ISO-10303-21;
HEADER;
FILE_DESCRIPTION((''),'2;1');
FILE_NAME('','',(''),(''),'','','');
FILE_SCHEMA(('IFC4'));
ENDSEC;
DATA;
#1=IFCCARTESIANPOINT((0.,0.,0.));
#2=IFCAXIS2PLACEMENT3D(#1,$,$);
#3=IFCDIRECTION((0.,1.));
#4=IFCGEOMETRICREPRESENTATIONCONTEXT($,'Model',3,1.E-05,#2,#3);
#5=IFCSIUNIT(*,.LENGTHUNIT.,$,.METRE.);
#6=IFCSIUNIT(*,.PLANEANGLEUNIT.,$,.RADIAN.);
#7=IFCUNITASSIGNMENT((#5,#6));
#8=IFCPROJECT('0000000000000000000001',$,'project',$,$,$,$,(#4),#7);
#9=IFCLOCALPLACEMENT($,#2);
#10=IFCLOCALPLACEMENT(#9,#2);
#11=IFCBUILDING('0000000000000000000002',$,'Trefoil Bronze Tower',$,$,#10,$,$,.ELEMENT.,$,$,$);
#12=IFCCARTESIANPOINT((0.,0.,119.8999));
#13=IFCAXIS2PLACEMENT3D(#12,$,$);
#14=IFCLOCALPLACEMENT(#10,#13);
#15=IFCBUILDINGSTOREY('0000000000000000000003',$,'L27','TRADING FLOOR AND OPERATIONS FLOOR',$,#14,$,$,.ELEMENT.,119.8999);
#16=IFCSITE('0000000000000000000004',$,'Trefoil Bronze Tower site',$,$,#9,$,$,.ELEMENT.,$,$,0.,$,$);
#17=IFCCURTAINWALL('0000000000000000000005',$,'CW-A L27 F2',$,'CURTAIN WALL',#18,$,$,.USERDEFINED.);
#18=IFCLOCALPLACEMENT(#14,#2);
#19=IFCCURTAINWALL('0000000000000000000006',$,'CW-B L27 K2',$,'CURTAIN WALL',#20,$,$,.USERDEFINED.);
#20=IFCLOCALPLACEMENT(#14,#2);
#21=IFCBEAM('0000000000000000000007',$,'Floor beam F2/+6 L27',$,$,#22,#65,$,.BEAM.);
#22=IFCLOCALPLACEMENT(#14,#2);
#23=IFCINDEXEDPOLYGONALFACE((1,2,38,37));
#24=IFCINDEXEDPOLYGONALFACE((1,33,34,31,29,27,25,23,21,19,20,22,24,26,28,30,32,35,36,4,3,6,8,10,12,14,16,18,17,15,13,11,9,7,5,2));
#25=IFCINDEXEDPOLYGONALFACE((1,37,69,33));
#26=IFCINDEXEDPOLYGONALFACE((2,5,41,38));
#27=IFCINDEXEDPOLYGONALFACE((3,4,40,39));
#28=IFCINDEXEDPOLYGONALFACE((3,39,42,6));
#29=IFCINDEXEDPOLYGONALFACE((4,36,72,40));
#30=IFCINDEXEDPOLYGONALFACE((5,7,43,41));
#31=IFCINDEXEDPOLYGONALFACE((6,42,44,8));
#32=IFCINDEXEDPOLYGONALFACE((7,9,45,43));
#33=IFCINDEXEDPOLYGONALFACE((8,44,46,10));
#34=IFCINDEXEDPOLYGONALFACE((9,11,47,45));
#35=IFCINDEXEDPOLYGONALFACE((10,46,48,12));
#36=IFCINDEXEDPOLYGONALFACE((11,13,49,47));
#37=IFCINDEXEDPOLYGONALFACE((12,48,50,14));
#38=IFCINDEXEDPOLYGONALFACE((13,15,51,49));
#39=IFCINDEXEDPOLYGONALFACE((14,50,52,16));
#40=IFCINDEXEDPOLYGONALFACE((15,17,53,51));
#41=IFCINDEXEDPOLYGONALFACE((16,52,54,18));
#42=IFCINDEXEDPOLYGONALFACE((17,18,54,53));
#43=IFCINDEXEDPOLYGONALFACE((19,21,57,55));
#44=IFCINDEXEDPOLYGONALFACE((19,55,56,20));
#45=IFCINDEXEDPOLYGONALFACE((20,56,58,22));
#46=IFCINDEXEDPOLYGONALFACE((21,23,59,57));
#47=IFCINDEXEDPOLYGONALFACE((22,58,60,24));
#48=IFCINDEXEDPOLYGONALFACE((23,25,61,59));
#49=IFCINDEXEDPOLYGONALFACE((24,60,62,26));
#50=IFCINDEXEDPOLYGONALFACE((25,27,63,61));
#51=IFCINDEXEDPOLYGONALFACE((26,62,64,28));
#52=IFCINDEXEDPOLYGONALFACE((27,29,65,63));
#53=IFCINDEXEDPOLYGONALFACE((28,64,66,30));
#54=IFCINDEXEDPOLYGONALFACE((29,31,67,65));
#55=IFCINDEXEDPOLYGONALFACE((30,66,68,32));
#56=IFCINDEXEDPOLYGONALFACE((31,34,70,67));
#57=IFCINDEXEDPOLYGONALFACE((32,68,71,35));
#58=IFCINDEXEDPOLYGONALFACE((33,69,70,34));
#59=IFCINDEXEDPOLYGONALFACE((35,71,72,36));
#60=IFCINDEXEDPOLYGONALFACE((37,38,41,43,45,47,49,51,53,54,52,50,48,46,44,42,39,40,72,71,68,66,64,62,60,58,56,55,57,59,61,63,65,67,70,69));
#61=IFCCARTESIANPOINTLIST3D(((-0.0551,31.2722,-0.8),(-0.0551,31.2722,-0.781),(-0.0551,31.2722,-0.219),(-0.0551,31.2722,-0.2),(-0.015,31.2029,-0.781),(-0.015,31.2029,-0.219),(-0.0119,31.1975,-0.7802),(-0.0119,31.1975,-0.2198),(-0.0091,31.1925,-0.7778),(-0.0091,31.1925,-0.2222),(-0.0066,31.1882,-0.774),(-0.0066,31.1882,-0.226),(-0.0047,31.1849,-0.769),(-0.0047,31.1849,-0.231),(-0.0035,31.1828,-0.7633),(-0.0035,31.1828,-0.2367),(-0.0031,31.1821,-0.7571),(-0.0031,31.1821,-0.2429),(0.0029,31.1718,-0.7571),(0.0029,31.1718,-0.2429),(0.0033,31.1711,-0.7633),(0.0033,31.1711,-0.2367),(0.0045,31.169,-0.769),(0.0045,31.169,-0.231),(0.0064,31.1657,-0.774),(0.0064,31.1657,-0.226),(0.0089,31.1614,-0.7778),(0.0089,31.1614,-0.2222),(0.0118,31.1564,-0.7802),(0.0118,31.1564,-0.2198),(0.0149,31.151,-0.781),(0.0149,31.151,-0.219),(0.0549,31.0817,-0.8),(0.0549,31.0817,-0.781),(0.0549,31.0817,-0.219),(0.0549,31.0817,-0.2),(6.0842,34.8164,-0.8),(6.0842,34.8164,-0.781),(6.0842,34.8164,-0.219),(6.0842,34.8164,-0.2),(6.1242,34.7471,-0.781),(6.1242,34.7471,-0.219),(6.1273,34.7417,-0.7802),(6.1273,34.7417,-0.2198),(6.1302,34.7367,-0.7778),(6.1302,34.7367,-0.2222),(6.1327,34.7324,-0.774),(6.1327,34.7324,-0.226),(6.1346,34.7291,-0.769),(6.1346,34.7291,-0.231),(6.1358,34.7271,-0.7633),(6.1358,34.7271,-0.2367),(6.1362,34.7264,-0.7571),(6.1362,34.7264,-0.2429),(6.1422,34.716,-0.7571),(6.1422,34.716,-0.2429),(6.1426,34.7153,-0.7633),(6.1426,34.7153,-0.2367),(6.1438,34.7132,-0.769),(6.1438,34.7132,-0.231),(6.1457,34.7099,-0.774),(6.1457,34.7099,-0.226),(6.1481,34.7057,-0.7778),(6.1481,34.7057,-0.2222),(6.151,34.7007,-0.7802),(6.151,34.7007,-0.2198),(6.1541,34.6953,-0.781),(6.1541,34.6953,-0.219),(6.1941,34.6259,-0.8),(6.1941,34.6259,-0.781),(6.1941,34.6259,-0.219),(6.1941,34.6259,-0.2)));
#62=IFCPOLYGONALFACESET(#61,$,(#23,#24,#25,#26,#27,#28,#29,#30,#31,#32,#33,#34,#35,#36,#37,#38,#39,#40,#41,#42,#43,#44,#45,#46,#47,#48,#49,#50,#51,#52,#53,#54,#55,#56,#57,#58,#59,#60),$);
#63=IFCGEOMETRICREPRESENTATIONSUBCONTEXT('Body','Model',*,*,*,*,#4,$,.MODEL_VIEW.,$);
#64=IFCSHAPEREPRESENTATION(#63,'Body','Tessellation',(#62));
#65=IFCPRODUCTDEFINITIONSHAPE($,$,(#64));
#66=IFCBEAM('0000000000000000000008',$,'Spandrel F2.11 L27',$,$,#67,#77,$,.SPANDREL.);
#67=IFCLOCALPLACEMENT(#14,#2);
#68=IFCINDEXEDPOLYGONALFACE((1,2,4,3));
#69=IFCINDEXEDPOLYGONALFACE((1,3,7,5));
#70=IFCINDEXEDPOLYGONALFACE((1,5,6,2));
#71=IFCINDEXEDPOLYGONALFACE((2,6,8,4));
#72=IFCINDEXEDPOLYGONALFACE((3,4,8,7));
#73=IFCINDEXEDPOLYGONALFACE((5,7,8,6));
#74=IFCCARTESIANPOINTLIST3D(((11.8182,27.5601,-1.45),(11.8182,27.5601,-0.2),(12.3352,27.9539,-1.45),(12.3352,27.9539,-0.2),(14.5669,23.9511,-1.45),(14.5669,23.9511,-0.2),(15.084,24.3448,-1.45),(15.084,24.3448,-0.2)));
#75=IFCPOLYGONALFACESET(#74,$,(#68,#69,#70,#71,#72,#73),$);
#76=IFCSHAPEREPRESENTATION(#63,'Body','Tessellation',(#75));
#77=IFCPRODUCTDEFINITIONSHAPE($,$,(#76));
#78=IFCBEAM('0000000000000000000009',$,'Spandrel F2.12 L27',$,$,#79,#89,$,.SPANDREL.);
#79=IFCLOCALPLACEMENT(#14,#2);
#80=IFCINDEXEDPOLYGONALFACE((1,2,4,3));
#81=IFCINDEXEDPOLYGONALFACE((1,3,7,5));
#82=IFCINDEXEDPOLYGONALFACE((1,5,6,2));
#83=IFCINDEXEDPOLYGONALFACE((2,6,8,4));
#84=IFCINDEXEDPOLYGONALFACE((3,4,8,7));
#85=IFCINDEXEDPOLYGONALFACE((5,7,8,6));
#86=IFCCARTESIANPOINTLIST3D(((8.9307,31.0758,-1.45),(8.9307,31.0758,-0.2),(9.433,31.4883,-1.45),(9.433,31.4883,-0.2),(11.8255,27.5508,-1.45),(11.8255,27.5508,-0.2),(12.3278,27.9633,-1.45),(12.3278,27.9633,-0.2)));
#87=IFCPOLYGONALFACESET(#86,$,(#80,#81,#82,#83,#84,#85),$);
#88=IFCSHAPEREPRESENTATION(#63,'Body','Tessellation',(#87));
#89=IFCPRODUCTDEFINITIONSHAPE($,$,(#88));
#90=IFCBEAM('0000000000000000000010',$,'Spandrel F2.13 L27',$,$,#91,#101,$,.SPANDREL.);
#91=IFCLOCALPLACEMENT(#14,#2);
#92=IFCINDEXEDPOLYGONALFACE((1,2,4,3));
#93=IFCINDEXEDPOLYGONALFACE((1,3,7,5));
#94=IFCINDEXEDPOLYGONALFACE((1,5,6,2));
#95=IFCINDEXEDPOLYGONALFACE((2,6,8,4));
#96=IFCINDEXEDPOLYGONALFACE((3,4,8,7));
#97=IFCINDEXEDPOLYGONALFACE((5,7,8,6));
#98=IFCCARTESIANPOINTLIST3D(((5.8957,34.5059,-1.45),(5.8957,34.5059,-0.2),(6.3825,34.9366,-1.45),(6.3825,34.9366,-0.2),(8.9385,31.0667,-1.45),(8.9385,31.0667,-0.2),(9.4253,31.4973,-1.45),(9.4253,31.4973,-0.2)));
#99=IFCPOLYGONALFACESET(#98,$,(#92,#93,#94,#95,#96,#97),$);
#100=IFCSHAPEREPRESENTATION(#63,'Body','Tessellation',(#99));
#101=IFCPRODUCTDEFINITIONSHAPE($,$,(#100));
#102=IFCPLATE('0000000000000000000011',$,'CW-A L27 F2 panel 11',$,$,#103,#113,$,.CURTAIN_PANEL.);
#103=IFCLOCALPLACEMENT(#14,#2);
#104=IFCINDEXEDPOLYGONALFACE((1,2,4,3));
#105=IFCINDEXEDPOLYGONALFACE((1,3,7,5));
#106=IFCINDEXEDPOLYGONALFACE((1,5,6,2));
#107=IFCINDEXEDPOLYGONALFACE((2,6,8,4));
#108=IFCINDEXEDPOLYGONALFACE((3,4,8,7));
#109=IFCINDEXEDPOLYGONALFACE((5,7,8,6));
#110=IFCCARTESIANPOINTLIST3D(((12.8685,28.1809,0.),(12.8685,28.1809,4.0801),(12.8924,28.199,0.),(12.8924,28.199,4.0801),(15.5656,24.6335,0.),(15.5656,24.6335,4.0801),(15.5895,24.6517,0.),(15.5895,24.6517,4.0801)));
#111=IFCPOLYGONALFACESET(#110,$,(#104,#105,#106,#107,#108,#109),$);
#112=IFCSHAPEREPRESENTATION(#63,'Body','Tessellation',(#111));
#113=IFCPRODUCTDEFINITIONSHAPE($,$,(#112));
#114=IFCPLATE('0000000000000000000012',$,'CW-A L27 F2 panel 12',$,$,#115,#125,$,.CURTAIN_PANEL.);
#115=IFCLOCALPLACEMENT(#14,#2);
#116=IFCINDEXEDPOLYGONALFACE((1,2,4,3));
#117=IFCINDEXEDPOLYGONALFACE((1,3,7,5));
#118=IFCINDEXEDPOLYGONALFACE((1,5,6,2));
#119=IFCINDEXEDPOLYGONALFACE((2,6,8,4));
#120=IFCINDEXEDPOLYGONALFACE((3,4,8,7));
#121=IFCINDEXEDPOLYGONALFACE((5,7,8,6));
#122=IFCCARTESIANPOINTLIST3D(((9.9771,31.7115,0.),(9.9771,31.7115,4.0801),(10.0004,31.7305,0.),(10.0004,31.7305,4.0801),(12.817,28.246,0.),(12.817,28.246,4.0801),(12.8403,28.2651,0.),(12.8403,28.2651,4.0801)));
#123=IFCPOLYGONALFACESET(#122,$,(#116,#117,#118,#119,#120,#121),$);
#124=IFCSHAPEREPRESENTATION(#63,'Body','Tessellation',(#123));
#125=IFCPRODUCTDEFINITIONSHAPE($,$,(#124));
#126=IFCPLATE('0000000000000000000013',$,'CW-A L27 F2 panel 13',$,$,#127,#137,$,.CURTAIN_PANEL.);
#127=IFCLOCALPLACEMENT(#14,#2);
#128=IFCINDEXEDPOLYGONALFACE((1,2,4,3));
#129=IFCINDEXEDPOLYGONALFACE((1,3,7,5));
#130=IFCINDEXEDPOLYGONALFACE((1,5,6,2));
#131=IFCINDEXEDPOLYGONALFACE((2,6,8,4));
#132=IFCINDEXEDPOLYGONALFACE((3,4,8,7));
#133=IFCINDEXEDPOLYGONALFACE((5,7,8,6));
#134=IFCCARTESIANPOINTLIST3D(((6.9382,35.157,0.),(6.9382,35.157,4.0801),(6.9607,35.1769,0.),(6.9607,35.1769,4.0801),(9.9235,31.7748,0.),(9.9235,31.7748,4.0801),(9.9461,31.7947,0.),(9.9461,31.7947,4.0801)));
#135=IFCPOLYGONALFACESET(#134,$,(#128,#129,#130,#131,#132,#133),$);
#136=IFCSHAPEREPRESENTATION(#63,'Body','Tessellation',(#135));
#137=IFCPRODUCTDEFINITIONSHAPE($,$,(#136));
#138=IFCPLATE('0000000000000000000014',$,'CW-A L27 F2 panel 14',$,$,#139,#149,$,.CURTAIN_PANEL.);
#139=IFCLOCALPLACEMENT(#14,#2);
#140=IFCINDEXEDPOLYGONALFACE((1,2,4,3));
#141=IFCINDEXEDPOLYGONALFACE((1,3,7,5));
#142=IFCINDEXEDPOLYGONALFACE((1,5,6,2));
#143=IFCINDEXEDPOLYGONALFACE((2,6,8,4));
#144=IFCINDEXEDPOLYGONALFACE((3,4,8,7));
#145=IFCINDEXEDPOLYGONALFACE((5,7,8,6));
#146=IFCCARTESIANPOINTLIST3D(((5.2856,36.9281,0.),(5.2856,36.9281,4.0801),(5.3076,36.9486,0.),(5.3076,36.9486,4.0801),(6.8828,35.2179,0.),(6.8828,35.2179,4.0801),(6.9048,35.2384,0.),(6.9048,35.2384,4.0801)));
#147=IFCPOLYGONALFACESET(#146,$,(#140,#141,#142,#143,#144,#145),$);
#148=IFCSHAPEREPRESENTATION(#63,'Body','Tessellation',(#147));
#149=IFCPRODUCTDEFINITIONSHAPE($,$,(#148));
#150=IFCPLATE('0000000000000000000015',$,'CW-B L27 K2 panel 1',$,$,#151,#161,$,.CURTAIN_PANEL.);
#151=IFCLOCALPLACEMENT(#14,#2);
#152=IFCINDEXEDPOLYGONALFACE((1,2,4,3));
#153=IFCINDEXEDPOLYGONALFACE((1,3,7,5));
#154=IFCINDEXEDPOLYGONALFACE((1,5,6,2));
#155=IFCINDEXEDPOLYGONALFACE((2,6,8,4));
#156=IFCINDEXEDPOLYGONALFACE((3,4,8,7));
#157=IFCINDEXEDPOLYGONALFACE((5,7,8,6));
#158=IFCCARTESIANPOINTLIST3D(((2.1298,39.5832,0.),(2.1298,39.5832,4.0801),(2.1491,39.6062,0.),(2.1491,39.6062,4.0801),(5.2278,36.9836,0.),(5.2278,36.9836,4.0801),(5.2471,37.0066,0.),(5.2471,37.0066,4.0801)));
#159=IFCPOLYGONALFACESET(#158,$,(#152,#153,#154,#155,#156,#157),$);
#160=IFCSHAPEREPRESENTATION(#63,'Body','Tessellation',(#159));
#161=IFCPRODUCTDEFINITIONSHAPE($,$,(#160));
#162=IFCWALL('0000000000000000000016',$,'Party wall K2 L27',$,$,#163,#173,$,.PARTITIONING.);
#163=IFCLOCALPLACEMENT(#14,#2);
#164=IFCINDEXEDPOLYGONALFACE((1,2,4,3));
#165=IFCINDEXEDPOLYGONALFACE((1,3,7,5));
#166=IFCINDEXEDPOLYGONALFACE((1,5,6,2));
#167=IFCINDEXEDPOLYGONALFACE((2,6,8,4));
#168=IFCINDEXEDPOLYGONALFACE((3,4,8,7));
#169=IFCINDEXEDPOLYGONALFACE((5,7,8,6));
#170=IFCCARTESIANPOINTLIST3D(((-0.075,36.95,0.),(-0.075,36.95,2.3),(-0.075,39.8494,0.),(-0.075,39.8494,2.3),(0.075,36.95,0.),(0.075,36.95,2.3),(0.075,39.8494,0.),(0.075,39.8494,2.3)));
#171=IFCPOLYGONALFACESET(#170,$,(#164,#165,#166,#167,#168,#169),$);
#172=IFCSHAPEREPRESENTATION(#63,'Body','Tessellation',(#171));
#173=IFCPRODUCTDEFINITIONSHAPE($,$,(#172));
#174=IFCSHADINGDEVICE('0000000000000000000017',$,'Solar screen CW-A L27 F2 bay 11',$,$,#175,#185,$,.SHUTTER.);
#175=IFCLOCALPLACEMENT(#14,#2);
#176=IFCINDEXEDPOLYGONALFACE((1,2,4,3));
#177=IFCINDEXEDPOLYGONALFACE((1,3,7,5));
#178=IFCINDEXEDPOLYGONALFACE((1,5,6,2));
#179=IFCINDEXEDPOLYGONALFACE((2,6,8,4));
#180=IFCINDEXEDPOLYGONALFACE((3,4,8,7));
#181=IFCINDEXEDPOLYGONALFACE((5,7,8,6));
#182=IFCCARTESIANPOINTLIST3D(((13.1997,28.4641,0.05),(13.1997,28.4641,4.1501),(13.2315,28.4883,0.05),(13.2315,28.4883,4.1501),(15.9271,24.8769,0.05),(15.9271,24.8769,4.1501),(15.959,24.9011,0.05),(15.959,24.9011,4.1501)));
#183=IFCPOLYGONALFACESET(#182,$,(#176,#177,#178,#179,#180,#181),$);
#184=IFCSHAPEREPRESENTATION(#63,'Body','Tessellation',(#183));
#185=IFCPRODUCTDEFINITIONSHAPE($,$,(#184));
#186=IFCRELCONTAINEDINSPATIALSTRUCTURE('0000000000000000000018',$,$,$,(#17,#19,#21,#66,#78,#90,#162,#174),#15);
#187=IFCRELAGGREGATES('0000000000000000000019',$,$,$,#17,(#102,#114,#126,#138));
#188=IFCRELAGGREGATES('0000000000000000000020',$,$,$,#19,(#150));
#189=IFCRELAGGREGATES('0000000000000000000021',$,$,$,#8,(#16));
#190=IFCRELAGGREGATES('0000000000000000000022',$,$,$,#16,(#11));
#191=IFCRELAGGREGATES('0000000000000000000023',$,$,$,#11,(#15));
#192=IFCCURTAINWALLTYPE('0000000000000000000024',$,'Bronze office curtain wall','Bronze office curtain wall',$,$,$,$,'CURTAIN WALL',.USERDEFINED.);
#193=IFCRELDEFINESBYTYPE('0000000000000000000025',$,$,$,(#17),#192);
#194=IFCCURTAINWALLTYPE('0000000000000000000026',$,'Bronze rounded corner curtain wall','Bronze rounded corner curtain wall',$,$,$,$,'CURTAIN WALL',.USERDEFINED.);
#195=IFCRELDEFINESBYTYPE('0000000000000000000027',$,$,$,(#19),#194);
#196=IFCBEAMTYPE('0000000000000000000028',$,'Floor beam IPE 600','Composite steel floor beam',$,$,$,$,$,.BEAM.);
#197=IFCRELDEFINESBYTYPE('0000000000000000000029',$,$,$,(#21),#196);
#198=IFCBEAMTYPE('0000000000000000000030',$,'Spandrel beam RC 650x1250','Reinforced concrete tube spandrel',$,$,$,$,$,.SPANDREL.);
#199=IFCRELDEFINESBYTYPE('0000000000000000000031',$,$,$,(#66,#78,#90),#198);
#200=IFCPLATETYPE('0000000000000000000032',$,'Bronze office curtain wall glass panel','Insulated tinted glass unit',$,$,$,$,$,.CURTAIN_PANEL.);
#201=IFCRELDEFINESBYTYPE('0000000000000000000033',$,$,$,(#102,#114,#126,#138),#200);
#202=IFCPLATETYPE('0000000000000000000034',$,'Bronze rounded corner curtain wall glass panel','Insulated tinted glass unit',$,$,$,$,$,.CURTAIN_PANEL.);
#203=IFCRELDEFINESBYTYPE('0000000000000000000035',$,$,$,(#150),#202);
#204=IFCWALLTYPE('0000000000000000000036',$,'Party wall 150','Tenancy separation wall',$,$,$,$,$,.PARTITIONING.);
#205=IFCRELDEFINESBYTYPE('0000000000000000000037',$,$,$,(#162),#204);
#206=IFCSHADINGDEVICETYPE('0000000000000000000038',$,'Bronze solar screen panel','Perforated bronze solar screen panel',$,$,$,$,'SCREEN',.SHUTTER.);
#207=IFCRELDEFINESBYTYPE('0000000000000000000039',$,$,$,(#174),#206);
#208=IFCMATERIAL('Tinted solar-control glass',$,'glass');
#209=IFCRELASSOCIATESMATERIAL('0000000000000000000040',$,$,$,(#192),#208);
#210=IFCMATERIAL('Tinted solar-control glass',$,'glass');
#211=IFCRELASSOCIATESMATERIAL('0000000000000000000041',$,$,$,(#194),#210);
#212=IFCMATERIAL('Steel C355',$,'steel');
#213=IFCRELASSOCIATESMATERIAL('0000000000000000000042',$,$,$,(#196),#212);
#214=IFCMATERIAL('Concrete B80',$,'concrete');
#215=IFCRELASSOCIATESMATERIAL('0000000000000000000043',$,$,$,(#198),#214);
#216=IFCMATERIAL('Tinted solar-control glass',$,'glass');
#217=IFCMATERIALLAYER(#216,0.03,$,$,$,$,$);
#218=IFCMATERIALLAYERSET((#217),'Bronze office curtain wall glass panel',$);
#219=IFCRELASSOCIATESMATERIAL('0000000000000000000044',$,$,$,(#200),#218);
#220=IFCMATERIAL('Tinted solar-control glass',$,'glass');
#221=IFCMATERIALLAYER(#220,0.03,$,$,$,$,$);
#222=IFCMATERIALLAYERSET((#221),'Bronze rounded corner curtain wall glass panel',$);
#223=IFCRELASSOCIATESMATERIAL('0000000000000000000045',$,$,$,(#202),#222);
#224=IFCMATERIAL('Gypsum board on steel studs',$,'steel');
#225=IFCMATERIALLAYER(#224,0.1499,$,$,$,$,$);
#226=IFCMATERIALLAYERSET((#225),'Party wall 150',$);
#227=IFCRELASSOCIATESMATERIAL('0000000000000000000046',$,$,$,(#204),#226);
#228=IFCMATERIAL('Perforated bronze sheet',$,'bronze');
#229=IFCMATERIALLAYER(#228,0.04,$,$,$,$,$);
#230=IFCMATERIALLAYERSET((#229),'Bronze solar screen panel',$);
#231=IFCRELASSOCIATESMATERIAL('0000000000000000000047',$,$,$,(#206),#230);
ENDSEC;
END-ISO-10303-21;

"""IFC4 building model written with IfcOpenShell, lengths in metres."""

from ifc_helpers import new_model, si_unit, direction, frame, frame_2d, origin, origin_2d, place, context, subcontext, project, spatial, rectangle, i_section, extrude, material, layer, layer_set, material_profile, profile_set, type_object, element, aggregate, save


model = new_model("IFC4")

# Units and contexts
model_context = context("Model", 3, precision=1e-05, world=origin(), true_north=direction((0.0, 1.0)))
body_context = subcontext(model_context, "Body", "Model", "MODEL_VIEW")
ifc_project = project(units=[si_unit("LENGTHUNIT", "METRE"), si_unit("PLANEANGLEUNIT", "RADIAN")], contexts=[model_context])

# Site, building, storey
site_placement = place(None, origin())
site = spatial("IfcSite", under=ifc_project, at=site_placement, Name="Trefoil Bronze Tower site", CompositionType="ELEMENT", RefElevation=0.0)
building_placement = place(site_placement, origin())
building = spatial("IfcBuilding", under=site, at=building_placement, Name="Trefoil Bronze Tower", CompositionType="ELEMENT")
storey_placement = place(building_placement, frame((0.0, 0.0, 119.8999)))
storey = spatial("IfcBuildingStorey", under=building, at=storey_placement, Name="L27", Description="TRADING FLOOR AND OPERATIONS FLOOR", CompositionType="ELEMENT", Elevation=119.8999)

# Curtain walls
ifc_material_1 = material(Name="Tinted solar-control glass", Category="glass")
curtain_wall_type_1 = type_object("IfcCurtainWallType", Name="Bronze office curtain wall", Description="Bronze office curtain wall", ElementType="CURTAIN WALL", PredefinedType="USERDEFINED", material=ifc_material_1)
curtain_wall_1_placement = place(storey_placement, origin())
curtain_wall_1 = element("IfcCurtainWall", 1, at=curtain_wall_1_placement, inside=storey, type_object=curtain_wall_type_1, Name="CW-A L27 F2", ObjectType="CURTAIN WALL", PredefinedType="USERDEFINED")
ifc_material_2 = material(Name="Tinted solar-control glass", Category="glass")
curtain_wall_type_2 = type_object("IfcCurtainWallType", Name="Bronze rounded corner curtain wall", Description="Bronze rounded corner curtain wall", ElementType="CURTAIN WALL", PredefinedType="USERDEFINED", material=ifc_material_2)
curtain_wall_2_placement = place(storey_placement, origin())
curtain_wall_2 = element("IfcCurtainWall", 2, at=curtain_wall_2_placement, inside=storey, type_object=curtain_wall_type_2, Name="CW-B L27 K2", ObjectType="CURTAIN WALL", PredefinedType="USERDEFINED")

# Beams
ifc_material_3 = material(Name="Steel C355", Category="steel")
ifc_material_profile_1 = material_profile(ifc_material_3, i_section(OverallWidth=0.22, OverallDepth=0.6001, WebThickness=0.012, FlangeThickness=0.019, FilletRadius=0.0239, at=origin_2d()), Name="IPE 600")
ifc_profile_set_1 = profile_set([ifc_material_profile_1], Name="Steel C355")
beam_type_1 = type_object("IfcBeamType", Name="Floor beam IPE 600", Description="Composite steel floor beam", PredefinedType="BEAM", material=ifc_profile_set_1)
beam_1_placement = place(storey_placement, frame((6.1392, 34.7212, -0.5), z_axis=(-0.866041, -0.499973, 0.0), x_axis=(0.499973, -0.866041, 0.0)))
element("IfcBeam", 3, at=beam_1_placement, inside=storey, type_object=beam_type_1, Name="Floor beam F2/+6 L27", PredefinedType="BEAM", context=body_context, shape_type="SweptSolid", body=[
    extrude(i_section(OverallWidth=0.22, OverallDepth=0.6001, WebThickness=0.012, FlangeThickness=0.019, FilletRadius=0.0239, at=origin_2d()), origin(), (0.0, 0.0, 1.0), 7.0889),
])
ifc_material_4 = material(Name="Concrete B80", Category="concrete")
ifc_material_profile_2 = material_profile(ifc_material_4, rectangle(XDim=0.6499, YDim=1.25, at=origin_2d()), Name="RC 650x1250")
ifc_profile_set_2 = profile_set([ifc_material_profile_2], Name="Concrete B80")
beam_type_2 = type_object("IfcBeamType", Name="Spandrel beam RC 650x1250", Description="Reinforced concrete tube spandrel", PredefinedType="SPANDREL", material=ifc_profile_set_2)
beam_2_placement = place(storey_placement, frame((14.8254, 24.1479, -0.825), z_axis=(-0.605899, 0.795542, 0.0), x_axis=(-0.795542, -0.605899, 0.0)))
element("IfcBeam", 4, at=beam_2_placement, inside=storey, type_object=beam_type_2, Name="Spandrel F2.11 L27", PredefinedType="SPANDREL", context=body_context, shape_type="SweptSolid", body=[
    extrude(rectangle(XDim=0.6499, YDim=1.25, at=origin_2d()), origin(), (0.0, 0.0, 1.0), 4.5366),
])
beam_3_placement = place(storey_placement, frame((12.0767, 27.7571, -0.825), z_axis=(-0.63465, 0.772799, 0.0), x_axis=(-0.772799, -0.63465, 0.0)))
element("IfcBeam", 5, at=beam_3_placement, inside=storey, type_object=beam_type_2, Name="Spandrel F2.12 L27", PredefinedType="SPANDREL", context=body_context, shape_type="SweptSolid", body=[
    extrude(rectangle(XDim=0.6499, YDim=1.25, at=origin_2d()), origin(), (0.0, 0.0, 1.0), 4.5613),
])
beam_4_placement = place(storey_placement, frame((9.1819, 31.282, -0.825), z_axis=(-0.662616, 0.748959, 0.0), x_axis=(-0.748959, -0.662616, 0.0)))
element("IfcBeam", 6, at=beam_4_placement, inside=storey, type_object=beam_type_2, Name="Spandrel F2.13 L27", PredefinedType="SPANDREL", context=body_context, shape_type="SweptSolid", body=[
    extrude(rectangle(XDim=0.6499, YDim=1.25, at=origin_2d()), origin(), (0.0, 0.0, 1.0), 4.592),
])

# Plates
ifc_material_5 = material(Name="Tinted solar-control glass", Category="glass")
ifc_layer_1 = layer(ifc_material_5, 0.03)
ifc_layer_set_1 = layer_set([ifc_layer_1], Name="Bronze office curtain wall glass panel")
plate_type_1 = type_object("IfcPlateType", Name="Bronze office curtain wall glass panel", Description="Insulated tinted glass unit", PredefinedType="CURTAIN_PANEL", material=ifc_layer_set_1)
plate_1_placement = place(storey_placement, frame((14.229, 26.4163, 0.0), z_axis=(0.0, 0.0, 1.0), x_axis=(-0.605252, 0.796034, 0.0)))
plate_1 = element("IfcPlate", 7, at=plate_1_placement, type_object=plate_type_1, Name="CW-A L27 F2 panel 11", PredefinedType="CURTAIN_PANEL", context=body_context, shape_type="SweptSolid", body=[
    extrude(rectangle(XDim=4.4563, YDim=0.03, at=origin_2d()), origin(), (0.0, 0.0, 1.0), 4.0801),
])
plate_2_placement = place(storey_placement, frame((11.4087, 29.9883, 0.0), z_axis=(0.0, 0.0, 1.0), x_axis=(-0.63384, 0.773464, 0.0)))
plate_2 = element("IfcPlate", 8, at=plate_2_placement, type_object=plate_type_1, Name="CW-A L27 F2 panel 12", PredefinedType="CURTAIN_PANEL", context=body_context, shape_type="SweptSolid", body=[
    extrude(rectangle(XDim=4.4805, YDim=0.03, at=origin_2d()), origin(), (0.0, 0.0, 1.0), 4.0801),
])
plate_3_placement = place(storey_placement, frame((8.4421, 33.4758, 0.0), z_axis=(0.0, 0.0, 1.0), x_axis=(-0.661751, 0.749723, 0.0)))
plate_3 = element("IfcPlate", 9, at=plate_3_placement, type_object=plate_type_1, Name="CW-A L27 F2 panel 13", PredefinedType="CURTAIN_PANEL", context=body_context, shape_type="SweptSolid", body=[
    extrude(rectangle(XDim=4.5112, YDim=0.03, at=origin_2d()), origin(), (0.0, 0.0, 1.0), 4.0801),
])
plate_4_placement = place(storey_placement, frame((6.0952, 36.0833, 0.0), z_axis=(0.0, 0.0, 1.0), x_axis=(-0.682536, 0.730852, 0.0)))
plate_4 = element("IfcPlate", 10, at=plate_4_placement, type_object=plate_type_1, Name="CW-A L27 F2 panel 14", PredefinedType="CURTAIN_PANEL", context=body_context, shape_type="SweptSolid", body=[
    extrude(rectangle(XDim=2.3401, YDim=0.03, at=origin_2d()), origin(), (0.0, 0.0, 1.0), 4.0801),
])
aggregate(curtain_wall_1, [plate_1, plate_2, plate_3, plate_4])
ifc_material_6 = material(Name="Tinted solar-control glass", Category="glass")
ifc_layer_2 = layer(ifc_material_6, 0.03)
ifc_layer_set_2 = layer_set([ifc_layer_2], Name="Bronze rounded corner curtain wall glass panel")
plate_type_2 = type_object("IfcPlateType", Name="Bronze rounded corner curtain wall glass panel", Description="Insulated tinted glass unit", PredefinedType="CURTAIN_PANEL", material=ifc_layer_set_2)
plate_5_placement = place(storey_placement, frame((3.6885, 38.2949, 0.0), z_axis=(0.0, 0.0, 1.0), x_axis=(-0.766044, 0.642788, 0.0)))
plate_5 = element("IfcPlate", 11, at=plate_5_placement, type_object=plate_type_2, Name="CW-B L27 K2 panel 1", PredefinedType="CURTAIN_PANEL", context=body_context, shape_type="SweptSolid", body=[
    extrude(rectangle(XDim=4.0442, YDim=0.03, at=origin_2d()), origin(), (0.0, 0.0, 1.0), 4.0801),
])
aggregate(curtain_wall_2, [plate_5])

# Wall
ifc_material_7 = material(Name="Gypsum board on steel studs", Category="steel")
ifc_layer_3 = layer(ifc_material_7, 0.1499)
ifc_layer_set_3 = layer_set([ifc_layer_3], Name="Party wall 150")
wall_type = type_object("IfcWallType", Name="Party wall 150", Description="Tenancy separation wall", PredefinedType="PARTITIONING", material=ifc_layer_set_3)
wall_placement = place(storey_placement, frame((0.0, 36.95, 0.0), z_axis=(0.0, 0.0, 1.0), x_axis=(0.0, 1.0, 0.0)))
element("IfcWall", 12, at=wall_placement, inside=storey, type_object=wall_type, Name="Party wall K2 L27", PredefinedType="PARTITIONING", context=body_context, shape_type="SweptSolid", body=[
    extrude(rectangle(XDim=2.8994, YDim=0.1499, at=frame_2d((1.4497, 0.0))), origin(), (0.0, 0.0, 1.0), 2.3),
])

# Shading device
ifc_material_8 = material(Name="Perforated bronze sheet", Category="bronze")
ifc_layer_4 = layer(ifc_material_8, 0.04)
ifc_layer_set_4 = layer_set([ifc_layer_4], Name="Bronze solar screen panel")
shading_device_type = type_object("IfcShadingDeviceType", Name="Bronze solar screen panel", Description="Perforated bronze solar screen panel", ElementType="SCREEN", PredefinedType="SHUTTER", material=ifc_layer_set_4)
shading_device_1_placement = place(storey_placement, frame((14.5793, 26.6826, 0.05), z_axis=(0.0, 0.0, 1.0), x_axis=(-0.605252, 0.796034, 0.0)))
element("IfcShadingDevice", 13, at=shading_device_1_placement, inside=storey, type_object=shading_device_type, Name="Solar screen CW-A L27 F2 bay 11", PredefinedType="SHUTTER", context=body_context, shape_type="SweptSolid", body=[
    extrude(rectangle(XDim=4.5063, YDim=0.04, at=origin_2d()), origin(), (0.0, 0.0, 1.0), 4.1001),
])

save(model, "model.ifc")
